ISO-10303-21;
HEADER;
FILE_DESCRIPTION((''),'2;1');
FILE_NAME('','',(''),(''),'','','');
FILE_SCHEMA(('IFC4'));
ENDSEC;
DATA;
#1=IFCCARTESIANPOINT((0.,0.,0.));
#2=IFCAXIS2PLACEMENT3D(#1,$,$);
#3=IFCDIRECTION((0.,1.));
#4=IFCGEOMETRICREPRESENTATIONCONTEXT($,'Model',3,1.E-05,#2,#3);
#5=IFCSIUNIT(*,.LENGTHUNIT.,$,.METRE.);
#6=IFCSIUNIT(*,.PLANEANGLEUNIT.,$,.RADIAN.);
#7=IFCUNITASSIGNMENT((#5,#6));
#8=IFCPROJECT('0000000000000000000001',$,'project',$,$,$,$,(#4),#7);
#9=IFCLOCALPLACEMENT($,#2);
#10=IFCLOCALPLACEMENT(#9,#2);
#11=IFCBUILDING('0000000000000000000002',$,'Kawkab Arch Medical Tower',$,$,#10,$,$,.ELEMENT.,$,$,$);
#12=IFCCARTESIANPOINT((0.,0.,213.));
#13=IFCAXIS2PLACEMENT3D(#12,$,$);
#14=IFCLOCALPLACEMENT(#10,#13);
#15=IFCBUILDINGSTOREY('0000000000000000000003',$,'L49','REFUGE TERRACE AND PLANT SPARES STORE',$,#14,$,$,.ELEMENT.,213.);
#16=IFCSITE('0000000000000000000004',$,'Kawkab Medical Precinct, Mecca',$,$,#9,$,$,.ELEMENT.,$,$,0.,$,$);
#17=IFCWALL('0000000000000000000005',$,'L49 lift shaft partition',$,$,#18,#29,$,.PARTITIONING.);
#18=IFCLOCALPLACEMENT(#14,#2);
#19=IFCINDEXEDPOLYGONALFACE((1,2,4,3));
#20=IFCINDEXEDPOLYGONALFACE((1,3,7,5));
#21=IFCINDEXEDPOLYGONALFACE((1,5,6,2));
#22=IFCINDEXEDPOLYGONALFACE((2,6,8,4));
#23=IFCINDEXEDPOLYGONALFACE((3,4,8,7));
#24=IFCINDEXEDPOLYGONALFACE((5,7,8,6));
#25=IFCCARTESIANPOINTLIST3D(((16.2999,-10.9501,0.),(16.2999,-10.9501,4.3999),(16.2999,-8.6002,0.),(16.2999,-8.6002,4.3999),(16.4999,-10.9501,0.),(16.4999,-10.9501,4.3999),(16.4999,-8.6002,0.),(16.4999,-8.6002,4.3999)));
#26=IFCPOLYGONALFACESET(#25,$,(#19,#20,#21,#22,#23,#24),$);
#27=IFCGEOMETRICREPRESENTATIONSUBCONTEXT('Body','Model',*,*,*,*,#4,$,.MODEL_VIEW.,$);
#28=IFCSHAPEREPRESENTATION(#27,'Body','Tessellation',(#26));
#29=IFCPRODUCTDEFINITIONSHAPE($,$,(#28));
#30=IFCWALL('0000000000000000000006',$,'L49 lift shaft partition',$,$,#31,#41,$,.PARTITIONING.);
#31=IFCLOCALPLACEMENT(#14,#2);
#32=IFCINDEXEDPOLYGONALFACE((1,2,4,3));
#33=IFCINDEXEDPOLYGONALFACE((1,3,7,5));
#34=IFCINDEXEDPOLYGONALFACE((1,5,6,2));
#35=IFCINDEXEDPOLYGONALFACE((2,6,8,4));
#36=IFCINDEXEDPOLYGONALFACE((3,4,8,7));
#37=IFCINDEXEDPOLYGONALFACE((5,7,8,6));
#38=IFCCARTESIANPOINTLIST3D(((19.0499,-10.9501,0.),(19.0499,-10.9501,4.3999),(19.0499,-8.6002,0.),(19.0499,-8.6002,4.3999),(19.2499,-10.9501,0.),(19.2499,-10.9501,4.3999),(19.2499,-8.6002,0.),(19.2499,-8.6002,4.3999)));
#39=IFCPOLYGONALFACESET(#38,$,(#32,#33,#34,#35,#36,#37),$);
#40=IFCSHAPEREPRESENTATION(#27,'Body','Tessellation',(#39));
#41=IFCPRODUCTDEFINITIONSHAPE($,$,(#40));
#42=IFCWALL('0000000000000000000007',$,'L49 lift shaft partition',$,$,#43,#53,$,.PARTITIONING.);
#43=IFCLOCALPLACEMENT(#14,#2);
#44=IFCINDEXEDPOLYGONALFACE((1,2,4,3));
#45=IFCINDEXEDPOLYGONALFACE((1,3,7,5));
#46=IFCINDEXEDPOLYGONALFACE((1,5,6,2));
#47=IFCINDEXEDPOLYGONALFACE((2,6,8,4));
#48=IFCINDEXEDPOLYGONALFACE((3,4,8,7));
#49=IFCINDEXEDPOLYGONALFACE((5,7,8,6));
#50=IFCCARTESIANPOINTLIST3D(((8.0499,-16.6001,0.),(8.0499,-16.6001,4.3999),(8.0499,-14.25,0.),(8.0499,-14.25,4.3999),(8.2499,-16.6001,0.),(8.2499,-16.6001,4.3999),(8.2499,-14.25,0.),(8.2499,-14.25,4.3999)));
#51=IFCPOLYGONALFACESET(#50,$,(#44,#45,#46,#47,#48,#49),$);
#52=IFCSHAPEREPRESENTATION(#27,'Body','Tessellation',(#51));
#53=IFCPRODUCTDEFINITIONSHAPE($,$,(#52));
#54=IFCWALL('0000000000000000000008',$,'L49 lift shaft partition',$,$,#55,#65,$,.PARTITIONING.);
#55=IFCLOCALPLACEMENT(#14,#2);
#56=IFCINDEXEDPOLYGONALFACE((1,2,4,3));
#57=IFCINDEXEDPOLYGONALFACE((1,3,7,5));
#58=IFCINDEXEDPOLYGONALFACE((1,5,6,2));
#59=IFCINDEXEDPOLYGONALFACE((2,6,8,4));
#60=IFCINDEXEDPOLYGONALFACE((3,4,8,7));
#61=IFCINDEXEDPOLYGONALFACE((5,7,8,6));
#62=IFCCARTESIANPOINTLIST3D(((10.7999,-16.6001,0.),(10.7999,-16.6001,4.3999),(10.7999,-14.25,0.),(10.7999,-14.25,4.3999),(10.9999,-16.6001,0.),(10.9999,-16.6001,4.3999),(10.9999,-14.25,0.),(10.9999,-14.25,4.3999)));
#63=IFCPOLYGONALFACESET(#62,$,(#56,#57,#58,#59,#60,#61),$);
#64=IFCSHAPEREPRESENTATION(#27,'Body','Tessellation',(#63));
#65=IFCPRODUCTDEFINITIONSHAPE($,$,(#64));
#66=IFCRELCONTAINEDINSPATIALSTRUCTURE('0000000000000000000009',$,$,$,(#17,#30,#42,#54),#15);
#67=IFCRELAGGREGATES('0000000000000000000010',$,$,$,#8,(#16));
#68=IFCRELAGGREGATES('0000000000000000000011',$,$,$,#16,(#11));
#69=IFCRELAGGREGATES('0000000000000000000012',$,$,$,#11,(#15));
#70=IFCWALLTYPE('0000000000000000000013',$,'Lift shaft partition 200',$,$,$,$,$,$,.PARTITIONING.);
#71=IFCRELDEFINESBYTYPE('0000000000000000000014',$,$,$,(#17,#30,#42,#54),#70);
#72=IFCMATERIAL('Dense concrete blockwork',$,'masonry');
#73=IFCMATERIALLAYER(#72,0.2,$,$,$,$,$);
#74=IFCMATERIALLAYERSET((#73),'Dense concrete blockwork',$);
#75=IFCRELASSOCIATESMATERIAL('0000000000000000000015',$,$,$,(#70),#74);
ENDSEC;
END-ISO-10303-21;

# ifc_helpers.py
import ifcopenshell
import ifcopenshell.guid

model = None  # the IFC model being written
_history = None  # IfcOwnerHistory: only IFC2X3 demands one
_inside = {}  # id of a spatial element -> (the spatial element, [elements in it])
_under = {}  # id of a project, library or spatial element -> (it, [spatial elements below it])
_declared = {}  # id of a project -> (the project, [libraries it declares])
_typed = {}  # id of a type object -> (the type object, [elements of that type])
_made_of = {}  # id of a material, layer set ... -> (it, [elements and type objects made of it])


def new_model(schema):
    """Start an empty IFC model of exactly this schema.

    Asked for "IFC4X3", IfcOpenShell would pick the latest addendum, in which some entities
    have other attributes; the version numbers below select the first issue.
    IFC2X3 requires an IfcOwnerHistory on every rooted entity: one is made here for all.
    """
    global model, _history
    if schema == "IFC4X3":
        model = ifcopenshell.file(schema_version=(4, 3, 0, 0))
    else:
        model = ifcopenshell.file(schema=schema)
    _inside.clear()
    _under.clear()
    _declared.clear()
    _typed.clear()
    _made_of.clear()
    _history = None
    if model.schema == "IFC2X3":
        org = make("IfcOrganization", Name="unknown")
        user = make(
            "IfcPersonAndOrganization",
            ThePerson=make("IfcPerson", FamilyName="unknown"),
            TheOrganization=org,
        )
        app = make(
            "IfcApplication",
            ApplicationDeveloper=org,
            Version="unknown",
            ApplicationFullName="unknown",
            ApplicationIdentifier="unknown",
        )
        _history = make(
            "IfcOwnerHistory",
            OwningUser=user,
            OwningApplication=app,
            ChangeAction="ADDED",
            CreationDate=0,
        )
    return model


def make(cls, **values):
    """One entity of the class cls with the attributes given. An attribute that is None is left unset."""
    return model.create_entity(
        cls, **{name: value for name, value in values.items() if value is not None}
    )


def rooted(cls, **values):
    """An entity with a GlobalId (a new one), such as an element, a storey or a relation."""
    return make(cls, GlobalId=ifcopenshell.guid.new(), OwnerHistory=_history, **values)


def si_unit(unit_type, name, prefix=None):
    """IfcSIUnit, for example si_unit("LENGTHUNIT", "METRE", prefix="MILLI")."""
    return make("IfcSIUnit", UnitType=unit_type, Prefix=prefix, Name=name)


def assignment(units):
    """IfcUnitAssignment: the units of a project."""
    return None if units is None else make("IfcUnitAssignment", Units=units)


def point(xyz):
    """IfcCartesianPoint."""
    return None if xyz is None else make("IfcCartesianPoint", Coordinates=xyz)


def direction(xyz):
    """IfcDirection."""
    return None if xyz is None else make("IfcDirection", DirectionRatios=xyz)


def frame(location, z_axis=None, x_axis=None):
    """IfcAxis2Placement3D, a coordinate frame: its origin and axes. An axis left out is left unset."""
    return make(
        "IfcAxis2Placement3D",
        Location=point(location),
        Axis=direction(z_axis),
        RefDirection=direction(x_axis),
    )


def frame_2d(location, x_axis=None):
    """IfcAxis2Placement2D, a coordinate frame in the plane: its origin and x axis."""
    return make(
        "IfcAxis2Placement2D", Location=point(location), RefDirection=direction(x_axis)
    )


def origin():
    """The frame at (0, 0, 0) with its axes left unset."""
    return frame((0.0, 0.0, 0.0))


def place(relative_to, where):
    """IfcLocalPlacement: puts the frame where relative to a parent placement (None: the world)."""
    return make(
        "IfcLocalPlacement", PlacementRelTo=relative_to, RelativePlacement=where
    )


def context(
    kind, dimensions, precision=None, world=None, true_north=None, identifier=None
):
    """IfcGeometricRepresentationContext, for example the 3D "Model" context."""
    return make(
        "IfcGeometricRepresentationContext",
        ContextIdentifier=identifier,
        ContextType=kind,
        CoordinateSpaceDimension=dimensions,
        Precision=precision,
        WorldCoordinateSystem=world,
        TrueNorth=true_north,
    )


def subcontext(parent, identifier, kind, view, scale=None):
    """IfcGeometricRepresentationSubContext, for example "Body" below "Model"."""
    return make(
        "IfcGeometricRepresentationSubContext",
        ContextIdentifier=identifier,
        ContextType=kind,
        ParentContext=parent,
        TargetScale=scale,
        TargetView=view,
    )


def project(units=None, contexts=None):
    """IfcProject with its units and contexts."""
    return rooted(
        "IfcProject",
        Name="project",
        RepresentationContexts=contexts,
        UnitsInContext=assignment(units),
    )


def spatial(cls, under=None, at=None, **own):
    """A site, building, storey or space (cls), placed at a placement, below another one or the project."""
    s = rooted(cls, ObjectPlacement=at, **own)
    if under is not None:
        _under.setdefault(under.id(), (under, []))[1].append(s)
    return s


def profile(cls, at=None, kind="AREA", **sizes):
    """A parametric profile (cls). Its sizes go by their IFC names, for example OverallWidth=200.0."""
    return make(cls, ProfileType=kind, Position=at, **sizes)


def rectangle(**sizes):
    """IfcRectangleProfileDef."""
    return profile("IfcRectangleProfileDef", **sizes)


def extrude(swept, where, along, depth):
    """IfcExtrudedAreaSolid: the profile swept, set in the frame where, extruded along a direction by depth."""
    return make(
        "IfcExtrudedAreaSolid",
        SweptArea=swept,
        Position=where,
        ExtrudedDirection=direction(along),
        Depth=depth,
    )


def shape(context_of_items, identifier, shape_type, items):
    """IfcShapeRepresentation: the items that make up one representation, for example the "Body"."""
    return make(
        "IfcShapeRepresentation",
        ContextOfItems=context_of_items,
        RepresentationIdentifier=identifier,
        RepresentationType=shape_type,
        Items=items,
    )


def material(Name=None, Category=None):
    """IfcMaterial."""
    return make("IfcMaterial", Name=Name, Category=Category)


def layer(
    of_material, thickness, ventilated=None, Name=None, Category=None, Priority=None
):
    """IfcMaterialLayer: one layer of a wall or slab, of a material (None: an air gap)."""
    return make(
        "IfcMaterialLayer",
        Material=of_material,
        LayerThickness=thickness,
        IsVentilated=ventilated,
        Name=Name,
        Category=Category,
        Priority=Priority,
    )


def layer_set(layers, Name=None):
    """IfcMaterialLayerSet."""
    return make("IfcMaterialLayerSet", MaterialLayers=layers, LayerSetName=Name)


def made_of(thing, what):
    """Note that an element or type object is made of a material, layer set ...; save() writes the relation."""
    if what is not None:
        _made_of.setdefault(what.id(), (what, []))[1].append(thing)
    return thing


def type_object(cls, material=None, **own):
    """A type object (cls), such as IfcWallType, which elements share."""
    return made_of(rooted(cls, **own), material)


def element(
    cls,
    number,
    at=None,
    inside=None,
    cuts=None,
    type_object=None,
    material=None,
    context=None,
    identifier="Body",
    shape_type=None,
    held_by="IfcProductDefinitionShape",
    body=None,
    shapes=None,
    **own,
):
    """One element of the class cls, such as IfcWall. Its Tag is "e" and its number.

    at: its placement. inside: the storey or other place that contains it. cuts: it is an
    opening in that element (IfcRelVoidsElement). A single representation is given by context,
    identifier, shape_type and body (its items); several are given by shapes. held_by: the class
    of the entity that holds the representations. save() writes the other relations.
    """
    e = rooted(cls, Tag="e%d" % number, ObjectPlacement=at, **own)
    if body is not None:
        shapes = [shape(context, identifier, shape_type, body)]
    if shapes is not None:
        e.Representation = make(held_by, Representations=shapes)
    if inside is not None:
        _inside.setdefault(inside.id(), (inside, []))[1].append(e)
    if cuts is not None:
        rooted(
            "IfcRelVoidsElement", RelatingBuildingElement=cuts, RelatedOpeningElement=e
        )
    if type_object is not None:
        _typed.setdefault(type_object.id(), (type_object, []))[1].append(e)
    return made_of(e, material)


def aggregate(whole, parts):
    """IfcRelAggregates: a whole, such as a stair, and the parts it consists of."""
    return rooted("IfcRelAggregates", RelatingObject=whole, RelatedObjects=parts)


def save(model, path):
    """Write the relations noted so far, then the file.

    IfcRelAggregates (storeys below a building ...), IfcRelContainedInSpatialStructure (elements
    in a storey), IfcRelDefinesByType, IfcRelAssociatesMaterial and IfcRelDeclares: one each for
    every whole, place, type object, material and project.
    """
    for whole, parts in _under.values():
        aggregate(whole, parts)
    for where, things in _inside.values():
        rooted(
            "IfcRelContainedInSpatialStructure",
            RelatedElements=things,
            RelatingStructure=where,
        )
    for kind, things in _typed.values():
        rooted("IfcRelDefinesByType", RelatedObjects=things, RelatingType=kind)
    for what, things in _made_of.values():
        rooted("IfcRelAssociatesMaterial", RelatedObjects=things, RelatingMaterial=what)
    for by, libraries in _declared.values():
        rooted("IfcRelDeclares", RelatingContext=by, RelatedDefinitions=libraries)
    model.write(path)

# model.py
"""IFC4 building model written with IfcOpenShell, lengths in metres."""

from ifc_helpers import new_model, si_unit, direction, frame, frame_2d, origin, place, context, subcontext, project, spatial, rectangle, extrude, material, layer, layer_set, type_object, element, save


model = new_model("IFC4")

# Units and contexts
model_context = context("Model", 3, precision=1e-05, world=origin(), true_north=direction((0.0, 1.0)))
body_context = subcontext(model_context, "Body", "Model", "MODEL_VIEW")
ifc_project = project(units=[si_unit("LENGTHUNIT", "METRE"), si_unit("PLANEANGLEUNIT", "RADIAN")], contexts=[model_context])

# Site, building, storey
site_placement = place(None, origin())
site = spatial("IfcSite", under=ifc_project, at=site_placement, Name="Kawkab Medical Precinct, Mecca", CompositionType="ELEMENT", RefElevation=0.0)
building_placement = place(site_placement, origin())
building = spatial("IfcBuilding", under=site, at=building_placement, Name="Kawkab Arch Medical Tower", CompositionType="ELEMENT")
storey_placement = place(building_placement, frame((0.0, 0.0, 213.0)))
storey = spatial("IfcBuildingStorey", under=building, at=storey_placement, Name="L49", Description="REFUGE TERRACE AND PLANT SPARES STORE", CompositionType="ELEMENT", Elevation=213.0)

# Walls
ifc_material_1 = material(Name="Dense concrete blockwork", Category="masonry")
ifc_layer_1 = layer(ifc_material_1, 0.2)
ifc_layer_set_1 = layer_set([ifc_layer_1], Name="Dense concrete blockwork")
wall_type_1 = type_object("IfcWallType", Name="Lift shaft partition 200", PredefinedType="PARTITIONING", material=ifc_layer_set_1)
for number, where, z_axis, x_axis, name in (
    (1, (16.3999, -10.95, 0.0), (0.0, 0.0, 1.0), (0.0, 1.0, 0.0), "L49 lift shaft partition"),
    (2, (19.1499, -10.95, 0.0), (0.0, 0.0, 1.0), (0.0, 1.0, 0.0), "L49 lift shaft partition"),
):
    element("IfcWall", number, at=place(storey_placement, frame(where, z_axis=z_axis, x_axis=x_axis)), inside=storey, type_object=wall_type_1, Name=name, PredefinedType="PARTITIONING", context=body_context, shape_type="SweptSolid", body=[
        extrude(rectangle(XDim=2.3499, YDim=0.2, at=frame_2d((1.1748, 0.0))), origin(), (0.0, 0.0, 1.0), 4.3999),
    ])
for number, where, z_axis, x_axis, name in (
    (3, (8.1499, -16.6001, 0.0), (0.0, 0.0, 1.0), (0.0, 1.0, 0.0), "L49 lift shaft partition"),
    (4, (10.8999, -16.6001, 0.0), (0.0, 0.0, 1.0), (0.0, 1.0, 0.0), "L49 lift shaft partition"),
):
    element("IfcWall", number, at=place(storey_placement, frame(where, z_axis=z_axis, x_axis=x_axis)), inside=storey, type_object=wall_type_1, Name=name, PredefinedType="PARTITIONING", context=body_context, shape_type="SweptSolid", body=[
        extrude(rectangle(XDim=2.3501, YDim=0.2, at=frame_2d((1.175, 0.0))), origin(), (0.0, 0.0, 1.0), 4.3999),
    ])

save(model, "model.ifc")
